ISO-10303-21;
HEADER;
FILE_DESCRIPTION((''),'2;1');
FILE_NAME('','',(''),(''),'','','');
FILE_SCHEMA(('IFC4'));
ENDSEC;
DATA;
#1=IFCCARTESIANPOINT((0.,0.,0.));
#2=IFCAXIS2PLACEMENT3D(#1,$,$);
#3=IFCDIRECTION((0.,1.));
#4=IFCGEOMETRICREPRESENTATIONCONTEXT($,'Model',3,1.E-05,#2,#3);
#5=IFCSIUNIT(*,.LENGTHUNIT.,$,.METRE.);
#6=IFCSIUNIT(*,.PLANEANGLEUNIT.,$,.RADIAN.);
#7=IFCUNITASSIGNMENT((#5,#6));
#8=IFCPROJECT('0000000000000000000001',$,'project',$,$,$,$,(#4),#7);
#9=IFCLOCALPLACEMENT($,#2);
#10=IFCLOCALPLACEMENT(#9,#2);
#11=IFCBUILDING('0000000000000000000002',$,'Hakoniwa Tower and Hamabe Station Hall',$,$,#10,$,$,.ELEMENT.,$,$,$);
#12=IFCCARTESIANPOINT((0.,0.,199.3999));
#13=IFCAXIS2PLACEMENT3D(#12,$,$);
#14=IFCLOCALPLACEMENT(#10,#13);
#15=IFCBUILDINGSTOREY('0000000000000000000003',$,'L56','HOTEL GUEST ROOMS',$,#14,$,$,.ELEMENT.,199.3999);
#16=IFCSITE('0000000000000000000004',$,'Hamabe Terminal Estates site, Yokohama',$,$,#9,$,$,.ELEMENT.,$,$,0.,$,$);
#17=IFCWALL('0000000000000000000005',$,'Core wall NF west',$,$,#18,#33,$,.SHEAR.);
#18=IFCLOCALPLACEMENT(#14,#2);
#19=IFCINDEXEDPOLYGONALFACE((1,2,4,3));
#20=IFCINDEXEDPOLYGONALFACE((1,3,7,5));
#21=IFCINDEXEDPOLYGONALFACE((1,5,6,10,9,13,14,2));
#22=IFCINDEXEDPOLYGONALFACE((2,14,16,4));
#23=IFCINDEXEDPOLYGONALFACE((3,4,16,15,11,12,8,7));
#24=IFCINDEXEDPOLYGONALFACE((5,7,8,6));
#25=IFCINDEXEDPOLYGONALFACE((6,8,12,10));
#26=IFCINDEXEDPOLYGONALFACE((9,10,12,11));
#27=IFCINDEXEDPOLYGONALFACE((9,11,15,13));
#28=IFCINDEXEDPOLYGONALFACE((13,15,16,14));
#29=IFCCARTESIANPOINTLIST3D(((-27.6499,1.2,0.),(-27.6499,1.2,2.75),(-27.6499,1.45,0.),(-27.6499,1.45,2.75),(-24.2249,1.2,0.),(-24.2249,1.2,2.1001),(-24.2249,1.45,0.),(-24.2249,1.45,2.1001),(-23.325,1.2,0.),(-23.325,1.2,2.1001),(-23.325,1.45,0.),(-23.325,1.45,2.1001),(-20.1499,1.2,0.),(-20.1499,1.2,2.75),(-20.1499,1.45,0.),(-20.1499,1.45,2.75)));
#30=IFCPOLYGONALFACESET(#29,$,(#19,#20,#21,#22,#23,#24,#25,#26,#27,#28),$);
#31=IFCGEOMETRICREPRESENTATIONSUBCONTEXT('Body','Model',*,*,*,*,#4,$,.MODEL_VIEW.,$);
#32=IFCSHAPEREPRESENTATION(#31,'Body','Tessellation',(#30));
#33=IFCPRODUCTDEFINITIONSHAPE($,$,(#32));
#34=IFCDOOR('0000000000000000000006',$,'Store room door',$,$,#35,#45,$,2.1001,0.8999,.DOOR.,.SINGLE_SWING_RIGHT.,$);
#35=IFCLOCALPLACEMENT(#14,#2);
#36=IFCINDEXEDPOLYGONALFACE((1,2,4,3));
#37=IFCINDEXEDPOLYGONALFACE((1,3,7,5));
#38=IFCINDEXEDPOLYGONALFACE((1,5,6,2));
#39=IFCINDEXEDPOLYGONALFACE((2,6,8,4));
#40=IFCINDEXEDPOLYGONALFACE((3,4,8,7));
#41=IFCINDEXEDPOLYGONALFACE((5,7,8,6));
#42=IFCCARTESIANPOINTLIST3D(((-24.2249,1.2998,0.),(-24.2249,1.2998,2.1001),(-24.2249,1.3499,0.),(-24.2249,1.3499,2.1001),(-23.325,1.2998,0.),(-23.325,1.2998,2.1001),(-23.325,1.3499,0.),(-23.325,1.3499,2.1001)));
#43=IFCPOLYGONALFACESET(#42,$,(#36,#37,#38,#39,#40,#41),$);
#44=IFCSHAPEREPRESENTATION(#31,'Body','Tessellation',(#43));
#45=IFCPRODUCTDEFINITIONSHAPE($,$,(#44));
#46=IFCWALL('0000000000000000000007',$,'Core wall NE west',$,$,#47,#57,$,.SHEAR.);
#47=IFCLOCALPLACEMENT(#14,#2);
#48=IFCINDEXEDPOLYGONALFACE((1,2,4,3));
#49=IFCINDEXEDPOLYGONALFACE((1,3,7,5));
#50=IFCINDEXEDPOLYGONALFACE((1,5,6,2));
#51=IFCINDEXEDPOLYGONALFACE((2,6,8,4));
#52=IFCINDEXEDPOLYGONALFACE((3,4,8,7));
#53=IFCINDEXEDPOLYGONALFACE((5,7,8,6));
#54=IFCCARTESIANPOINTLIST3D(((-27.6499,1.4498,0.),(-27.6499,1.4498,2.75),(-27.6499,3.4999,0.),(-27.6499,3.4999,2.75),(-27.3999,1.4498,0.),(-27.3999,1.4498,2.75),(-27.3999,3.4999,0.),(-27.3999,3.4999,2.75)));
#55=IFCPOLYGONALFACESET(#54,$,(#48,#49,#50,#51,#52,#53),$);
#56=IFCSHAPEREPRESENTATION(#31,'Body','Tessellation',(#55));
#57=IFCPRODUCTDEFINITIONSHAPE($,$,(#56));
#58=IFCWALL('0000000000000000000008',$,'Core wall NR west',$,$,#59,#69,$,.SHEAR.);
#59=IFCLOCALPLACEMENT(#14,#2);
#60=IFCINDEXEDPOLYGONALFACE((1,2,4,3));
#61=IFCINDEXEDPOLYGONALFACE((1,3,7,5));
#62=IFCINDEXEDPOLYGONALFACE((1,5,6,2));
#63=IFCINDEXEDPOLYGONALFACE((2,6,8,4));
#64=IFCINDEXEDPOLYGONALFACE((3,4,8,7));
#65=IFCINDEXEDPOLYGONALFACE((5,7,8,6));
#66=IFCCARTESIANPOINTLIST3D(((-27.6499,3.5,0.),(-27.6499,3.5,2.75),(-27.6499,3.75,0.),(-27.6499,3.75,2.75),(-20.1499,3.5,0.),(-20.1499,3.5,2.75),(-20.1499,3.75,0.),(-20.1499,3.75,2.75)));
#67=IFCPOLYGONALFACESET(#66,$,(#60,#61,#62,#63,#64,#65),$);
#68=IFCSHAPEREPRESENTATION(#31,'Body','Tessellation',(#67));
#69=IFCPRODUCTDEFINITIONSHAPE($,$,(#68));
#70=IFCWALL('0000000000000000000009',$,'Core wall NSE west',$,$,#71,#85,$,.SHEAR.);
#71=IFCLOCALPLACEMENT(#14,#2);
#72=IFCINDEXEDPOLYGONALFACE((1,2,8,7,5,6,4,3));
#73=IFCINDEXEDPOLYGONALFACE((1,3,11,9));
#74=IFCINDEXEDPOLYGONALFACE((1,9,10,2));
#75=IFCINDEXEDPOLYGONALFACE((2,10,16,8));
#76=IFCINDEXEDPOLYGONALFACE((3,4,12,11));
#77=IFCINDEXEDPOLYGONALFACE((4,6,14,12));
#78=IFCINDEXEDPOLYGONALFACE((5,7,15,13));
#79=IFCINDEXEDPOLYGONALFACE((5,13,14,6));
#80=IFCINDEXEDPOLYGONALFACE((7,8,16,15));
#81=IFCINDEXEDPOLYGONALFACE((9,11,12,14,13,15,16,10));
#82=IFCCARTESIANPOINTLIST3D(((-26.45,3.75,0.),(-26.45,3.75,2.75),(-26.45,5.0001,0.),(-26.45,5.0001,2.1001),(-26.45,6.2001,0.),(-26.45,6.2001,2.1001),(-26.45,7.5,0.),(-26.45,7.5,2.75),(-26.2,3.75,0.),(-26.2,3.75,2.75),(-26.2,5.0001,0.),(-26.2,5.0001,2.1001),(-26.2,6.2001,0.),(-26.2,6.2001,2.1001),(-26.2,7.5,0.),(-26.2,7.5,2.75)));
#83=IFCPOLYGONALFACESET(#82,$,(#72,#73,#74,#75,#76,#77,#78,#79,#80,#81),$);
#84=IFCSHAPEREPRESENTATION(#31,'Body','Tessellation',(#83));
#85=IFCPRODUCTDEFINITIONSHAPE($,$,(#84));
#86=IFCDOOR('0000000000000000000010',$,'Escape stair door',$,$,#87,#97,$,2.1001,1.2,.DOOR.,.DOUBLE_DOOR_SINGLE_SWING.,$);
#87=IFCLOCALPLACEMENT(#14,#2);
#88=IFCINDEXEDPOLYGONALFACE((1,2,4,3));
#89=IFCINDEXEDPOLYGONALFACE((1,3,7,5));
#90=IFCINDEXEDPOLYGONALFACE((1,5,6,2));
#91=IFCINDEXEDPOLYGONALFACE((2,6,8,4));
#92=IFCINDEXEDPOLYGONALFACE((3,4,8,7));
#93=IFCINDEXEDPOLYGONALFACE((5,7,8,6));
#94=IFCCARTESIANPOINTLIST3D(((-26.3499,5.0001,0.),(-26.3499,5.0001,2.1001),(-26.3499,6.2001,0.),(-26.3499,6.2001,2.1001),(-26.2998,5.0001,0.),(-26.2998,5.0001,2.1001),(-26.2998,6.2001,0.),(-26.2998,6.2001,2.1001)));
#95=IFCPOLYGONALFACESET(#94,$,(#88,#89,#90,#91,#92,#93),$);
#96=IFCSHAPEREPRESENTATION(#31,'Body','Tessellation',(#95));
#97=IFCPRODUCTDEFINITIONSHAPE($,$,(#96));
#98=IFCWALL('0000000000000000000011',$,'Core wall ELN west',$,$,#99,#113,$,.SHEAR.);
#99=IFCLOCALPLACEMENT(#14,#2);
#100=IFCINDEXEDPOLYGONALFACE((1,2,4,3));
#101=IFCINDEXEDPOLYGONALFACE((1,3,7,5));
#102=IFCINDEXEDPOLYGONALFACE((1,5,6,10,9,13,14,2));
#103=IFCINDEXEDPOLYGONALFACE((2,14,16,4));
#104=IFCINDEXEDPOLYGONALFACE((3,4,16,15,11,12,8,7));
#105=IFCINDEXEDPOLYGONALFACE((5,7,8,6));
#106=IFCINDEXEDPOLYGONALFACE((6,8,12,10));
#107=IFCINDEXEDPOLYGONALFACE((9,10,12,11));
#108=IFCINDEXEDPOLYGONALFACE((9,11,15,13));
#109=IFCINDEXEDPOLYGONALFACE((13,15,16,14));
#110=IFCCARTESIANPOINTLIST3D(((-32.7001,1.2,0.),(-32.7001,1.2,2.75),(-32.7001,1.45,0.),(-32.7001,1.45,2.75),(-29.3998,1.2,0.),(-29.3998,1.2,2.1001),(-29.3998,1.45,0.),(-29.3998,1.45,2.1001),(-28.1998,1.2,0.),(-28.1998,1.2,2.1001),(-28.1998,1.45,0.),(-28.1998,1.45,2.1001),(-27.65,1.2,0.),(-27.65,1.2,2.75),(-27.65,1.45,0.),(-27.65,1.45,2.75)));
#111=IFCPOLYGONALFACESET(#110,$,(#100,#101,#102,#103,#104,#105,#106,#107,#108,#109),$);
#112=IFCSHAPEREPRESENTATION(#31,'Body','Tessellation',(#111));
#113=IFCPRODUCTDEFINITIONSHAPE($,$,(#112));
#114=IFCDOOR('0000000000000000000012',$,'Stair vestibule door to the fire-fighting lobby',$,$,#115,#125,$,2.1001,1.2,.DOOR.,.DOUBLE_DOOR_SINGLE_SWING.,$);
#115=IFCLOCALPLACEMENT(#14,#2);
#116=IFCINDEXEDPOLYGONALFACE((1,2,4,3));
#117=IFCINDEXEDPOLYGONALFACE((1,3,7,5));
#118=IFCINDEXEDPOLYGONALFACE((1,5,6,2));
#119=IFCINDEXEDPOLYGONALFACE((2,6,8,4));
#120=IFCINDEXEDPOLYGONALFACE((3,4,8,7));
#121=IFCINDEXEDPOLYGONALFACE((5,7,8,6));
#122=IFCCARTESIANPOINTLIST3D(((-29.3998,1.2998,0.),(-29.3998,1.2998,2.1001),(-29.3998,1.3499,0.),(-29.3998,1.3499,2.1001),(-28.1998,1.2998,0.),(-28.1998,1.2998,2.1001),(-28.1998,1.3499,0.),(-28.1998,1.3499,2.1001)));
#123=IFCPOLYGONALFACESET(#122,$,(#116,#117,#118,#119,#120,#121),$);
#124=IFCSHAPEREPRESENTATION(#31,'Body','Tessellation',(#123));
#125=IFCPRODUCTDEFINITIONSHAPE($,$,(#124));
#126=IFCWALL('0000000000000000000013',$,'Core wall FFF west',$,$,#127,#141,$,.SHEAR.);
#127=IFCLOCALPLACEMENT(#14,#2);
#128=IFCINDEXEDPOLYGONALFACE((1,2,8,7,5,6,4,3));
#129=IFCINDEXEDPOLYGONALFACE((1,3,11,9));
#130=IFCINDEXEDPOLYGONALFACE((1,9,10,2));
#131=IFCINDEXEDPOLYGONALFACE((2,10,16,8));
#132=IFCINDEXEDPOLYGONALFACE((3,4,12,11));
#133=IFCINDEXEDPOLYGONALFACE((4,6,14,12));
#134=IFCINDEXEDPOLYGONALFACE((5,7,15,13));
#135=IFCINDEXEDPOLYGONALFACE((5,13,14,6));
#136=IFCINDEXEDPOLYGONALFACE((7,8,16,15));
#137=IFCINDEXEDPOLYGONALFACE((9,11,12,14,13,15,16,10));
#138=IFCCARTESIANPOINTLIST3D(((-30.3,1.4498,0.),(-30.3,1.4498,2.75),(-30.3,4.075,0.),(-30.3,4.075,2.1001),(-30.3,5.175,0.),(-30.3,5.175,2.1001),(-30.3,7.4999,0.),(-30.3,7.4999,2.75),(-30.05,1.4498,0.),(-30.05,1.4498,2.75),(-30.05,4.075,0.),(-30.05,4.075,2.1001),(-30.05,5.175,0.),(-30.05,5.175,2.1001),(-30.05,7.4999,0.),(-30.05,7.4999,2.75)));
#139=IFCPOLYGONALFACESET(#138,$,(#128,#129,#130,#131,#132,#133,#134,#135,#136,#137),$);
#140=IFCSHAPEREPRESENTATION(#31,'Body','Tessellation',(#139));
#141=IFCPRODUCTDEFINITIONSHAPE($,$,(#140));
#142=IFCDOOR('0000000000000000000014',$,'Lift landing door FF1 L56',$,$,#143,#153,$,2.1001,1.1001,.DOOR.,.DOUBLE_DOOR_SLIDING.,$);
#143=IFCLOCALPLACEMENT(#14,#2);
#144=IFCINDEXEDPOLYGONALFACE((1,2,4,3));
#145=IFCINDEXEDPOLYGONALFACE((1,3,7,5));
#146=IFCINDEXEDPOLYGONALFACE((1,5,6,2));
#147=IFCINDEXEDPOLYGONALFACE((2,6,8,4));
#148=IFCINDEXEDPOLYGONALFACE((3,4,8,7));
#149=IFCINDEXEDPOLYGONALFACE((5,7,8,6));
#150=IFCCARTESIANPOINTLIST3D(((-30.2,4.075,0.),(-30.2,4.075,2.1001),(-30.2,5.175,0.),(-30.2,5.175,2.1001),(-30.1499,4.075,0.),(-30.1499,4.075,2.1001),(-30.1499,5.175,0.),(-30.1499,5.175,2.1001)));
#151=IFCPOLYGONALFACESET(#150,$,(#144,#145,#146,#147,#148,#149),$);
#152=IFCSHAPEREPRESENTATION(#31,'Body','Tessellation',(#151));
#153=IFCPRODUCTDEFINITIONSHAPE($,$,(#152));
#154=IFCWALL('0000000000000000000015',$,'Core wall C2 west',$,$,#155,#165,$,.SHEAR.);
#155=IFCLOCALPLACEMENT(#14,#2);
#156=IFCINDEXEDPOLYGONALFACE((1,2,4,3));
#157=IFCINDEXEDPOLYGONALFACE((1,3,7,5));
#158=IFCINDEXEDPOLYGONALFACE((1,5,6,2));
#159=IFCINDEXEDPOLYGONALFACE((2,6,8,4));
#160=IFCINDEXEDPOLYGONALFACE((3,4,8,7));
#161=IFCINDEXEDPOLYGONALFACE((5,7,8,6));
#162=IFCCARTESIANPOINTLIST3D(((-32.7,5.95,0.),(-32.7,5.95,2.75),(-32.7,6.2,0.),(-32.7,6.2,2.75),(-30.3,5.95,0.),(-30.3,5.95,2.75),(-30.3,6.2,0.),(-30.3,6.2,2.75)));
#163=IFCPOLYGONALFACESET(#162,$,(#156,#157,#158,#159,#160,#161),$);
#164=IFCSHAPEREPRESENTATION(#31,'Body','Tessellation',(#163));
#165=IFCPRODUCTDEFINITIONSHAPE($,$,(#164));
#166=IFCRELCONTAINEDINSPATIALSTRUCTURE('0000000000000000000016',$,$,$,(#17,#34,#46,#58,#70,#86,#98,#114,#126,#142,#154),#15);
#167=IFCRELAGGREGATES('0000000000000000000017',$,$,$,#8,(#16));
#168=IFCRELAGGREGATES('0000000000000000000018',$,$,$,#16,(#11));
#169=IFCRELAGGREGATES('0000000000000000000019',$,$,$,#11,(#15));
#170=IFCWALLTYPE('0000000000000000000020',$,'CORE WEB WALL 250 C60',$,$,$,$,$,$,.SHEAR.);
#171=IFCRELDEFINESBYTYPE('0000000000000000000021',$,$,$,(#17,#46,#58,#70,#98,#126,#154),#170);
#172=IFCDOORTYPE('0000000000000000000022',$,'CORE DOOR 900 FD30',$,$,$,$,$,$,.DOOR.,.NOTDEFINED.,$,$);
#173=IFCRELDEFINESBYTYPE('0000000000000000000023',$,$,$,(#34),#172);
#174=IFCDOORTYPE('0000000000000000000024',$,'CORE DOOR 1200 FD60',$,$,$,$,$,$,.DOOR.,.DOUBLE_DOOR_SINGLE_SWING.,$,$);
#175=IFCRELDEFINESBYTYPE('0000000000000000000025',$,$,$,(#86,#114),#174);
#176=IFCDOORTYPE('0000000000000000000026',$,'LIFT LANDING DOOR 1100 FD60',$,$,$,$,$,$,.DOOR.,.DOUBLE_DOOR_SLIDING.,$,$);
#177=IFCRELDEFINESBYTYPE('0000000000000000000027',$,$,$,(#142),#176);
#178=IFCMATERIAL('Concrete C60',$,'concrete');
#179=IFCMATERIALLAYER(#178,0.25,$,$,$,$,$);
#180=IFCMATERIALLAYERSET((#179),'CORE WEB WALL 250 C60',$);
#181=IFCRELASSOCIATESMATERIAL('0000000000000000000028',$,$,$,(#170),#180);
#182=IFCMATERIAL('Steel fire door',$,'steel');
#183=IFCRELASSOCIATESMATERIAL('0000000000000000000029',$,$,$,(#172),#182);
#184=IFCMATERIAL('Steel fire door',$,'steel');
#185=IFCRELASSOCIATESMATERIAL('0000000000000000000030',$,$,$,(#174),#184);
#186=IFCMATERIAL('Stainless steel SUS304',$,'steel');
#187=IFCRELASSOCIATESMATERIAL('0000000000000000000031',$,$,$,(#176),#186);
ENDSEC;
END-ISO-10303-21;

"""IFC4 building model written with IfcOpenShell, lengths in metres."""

from ifc_helpers import new_model, si_unit, direction, frame, frame_2d, origin, place, context, subcontext, project, spatial, rectangle, extrude, material, layer, layer_set, type_object, element, fill, save


model = new_model("IFC4")

# Units and contexts
model_context = context("Model", 3, precision=1e-05, world=origin(), true_north=direction((0.0, 1.0)))
body_context = subcontext(model_context, "Body", "Model", "MODEL_VIEW")
ifc_project = project(units=[si_unit("LENGTHUNIT", "METRE"), si_unit("PLANEANGLEUNIT", "RADIAN")], contexts=[model_context])

# Site, building, storey
site_placement = place(None, origin())
site = spatial("IfcSite", under=ifc_project, at=site_placement, Name="Hamabe Terminal Estates site, Yokohama", CompositionType="ELEMENT", RefElevation=0.0)
building_placement = place(site_placement, origin())
building = spatial("IfcBuilding", under=site, at=building_placement, Name="Hakoniwa Tower and Hamabe Station Hall", CompositionType="ELEMENT")
storey_placement = place(building_placement, frame((0.0, 0.0, 199.3999)))
storey = spatial("IfcBuildingStorey", under=building, at=storey_placement, Name="L56", Description="HOTEL GUEST ROOMS", CompositionType="ELEMENT", Elevation=199.3999)

# Wall, opening, door
ifc_material_1 = material(Name="Concrete C60", Category="concrete")
ifc_layer_1 = layer(ifc_material_1, 0.25)
ifc_layer_set_1 = layer_set([ifc_layer_1], Name="CORE WEB WALL 250 C60")
wall_type_1 = type_object("IfcWallType", Name="CORE WEB WALL 250 C60", PredefinedType="SHEAR", material=ifc_layer_set_1)
wall_1_placement = place(storey_placement, frame((-27.6499, 1.325, 0.0), z_axis=(0.0, 0.0, 1.0), x_axis=(1.0, 0.0, 0.0)))
wall_1 = element("IfcWall", 1, at=wall_1_placement, inside=storey, type_object=wall_type_1, Name="Core wall NF west", PredefinedType="SHEAR", context=body_context, shape_type="SweptSolid", body=[
    extrude(rectangle(XDim=7.5, YDim=0.25, at=frame_2d((3.75, 0.0))), origin(), (0.0, 0.0, 1.0), 2.75),
])
opening_1_placement = place(wall_1_placement, frame((3.425, 0.0, 0.0)))
opening_1 = element("IfcOpeningElement", 2, at=opening_1_placement, cuts=wall_1, PredefinedType="OPENING", context=body_context, shape_type="SweptSolid", body=[
    extrude(rectangle(XDim=0.8999, YDim=2.1001, at=frame_2d((0.45, 1.05))), frame((0.0, 0.135, 0.0), z_axis=(0.0, -1.0, 0.0), x_axis=(1.0, 0.0, 0.0)), (0.0, 0.0, 1.0), 0.27),
])
ifc_material_2 = material(Name="Steel fire door", Category="steel")
door_type_1 = type_object("IfcDoorType", Name="CORE DOOR 900 FD30", OperationType="NOTDEFINED", PredefinedType="DOOR", material=ifc_material_2)
door_1_placement = place(opening_1_placement, origin())
door_1 = element("IfcDoor", 3, at=door_1_placement, inside=storey, type_object=door_type_1, Name="Store room door", OperationType="SINGLE_SWING_RIGHT", OverallHeight=2.1001, OverallWidth=0.8999, PredefinedType="DOOR", context=body_context, shape_type="SweptSolid", body=[
    extrude(rectangle(XDim=0.8999, YDim=2.1001, at=frame_2d((0.45, 1.05))), frame((0.0, 0.0249, 0.0), z_axis=(0.0, -1.0, 0.0), x_axis=(1.0, 0.0, 0.0)), (0.0, 0.0, 1.0), 0.05),
])
fill(opening_1, door_1)

# Walls
wall_2_placement = place(storey_placement, frame((-27.5249, 1.45, 0.0), z_axis=(0.0, 0.0, 1.0), x_axis=(0.0, 1.0, 0.0)))
element("IfcWall", 4, at=wall_2_placement, inside=storey, type_object=wall_type_1, Name="Core wall NE west", PredefinedType="SHEAR", context=body_context, shape_type="SweptSolid", body=[
    extrude(rectangle(XDim=2.05, YDim=0.25, at=frame_2d((1.0249, 0.0))), origin(), (0.0, 0.0, 1.0), 2.75),
])
wall_3_placement = place(storey_placement, frame((-27.6499, 3.625, 0.0), z_axis=(0.0, 0.0, 1.0), x_axis=(1.0, 0.0, 0.0)))
element("IfcWall", 5, at=wall_3_placement, inside=storey, type_object=wall_type_1, Name="Core wall NR west", PredefinedType="SHEAR", context=body_context, shape_type="SweptSolid", body=[
    extrude(rectangle(XDim=7.5, YDim=0.25, at=frame_2d((3.75, 0.0))), origin(), (0.0, 0.0, 1.0), 2.75),
])

# Walls, openings, doors
wall_4_placement = place(storey_placement, frame((-26.325, 3.75, 0.0), z_axis=(0.0, 0.0, 1.0), x_axis=(0.0, 1.0, 0.0)))
wall_4 = element("IfcWall", 6, at=wall_4_placement, inside=storey, type_object=wall_type_1, Name="Core wall NSE west", PredefinedType="SHEAR", context=body_context, shape_type="SweptSolid", body=[
    extrude(rectangle(XDim=3.75, YDim=0.25, at=frame_2d((1.875, 0.0))), origin(), (0.0, 0.0, 1.0), 2.75),
])
opening_2_placement = place(wall_4_placement, frame((1.25, 0.0, 0.0)))
opening_2 = element("IfcOpeningElement", 7, at=opening_2_placement, cuts=wall_4, PredefinedType="OPENING", context=body_context, shape_type="SweptSolid", body=[
    extrude(rectangle(XDim=1.2, YDim=2.1001, at=frame_2d((0.6001, 1.05))), frame((0.0, 0.135, 0.0), z_axis=(0.0, -1.0, 0.0), x_axis=(1.0, 0.0, 0.0)), (0.0, 0.0, 1.0), 0.27),
])
ifc_material_3 = material(Name="Steel fire door", Category="steel")
door_type_2 = type_object("IfcDoorType", Name="CORE DOOR 1200 FD60", OperationType="DOUBLE_DOOR_SINGLE_SWING", PredefinedType="DOOR", material=ifc_material_3)
door_2_placement = place(opening_2_placement, origin())
door_2 = element("IfcDoor", 8, at=door_2_placement, inside=storey, type_object=door_type_2, Name="Escape stair door", OperationType="DOUBLE_DOOR_SINGLE_SWING", OverallHeight=2.1001, OverallWidth=1.2, PredefinedType="DOOR", context=body_context, shape_type="SweptSolid", body=[
    extrude(rectangle(XDim=1.2, YDim=2.1001, at=frame_2d((0.6001, 1.05))), frame((0.0, 0.0249, 0.0), z_axis=(0.0, -1.0, 0.0), x_axis=(1.0, 0.0, 0.0)), (0.0, 0.0, 1.0), 0.05),
])
fill(opening_2, door_2)
wall_5_placement = place(storey_placement, frame((-32.7, 1.325, 0.0), z_axis=(0.0, 0.0, 1.0), x_axis=(1.0, 0.0, 0.0)))
wall_5 = element("IfcWall", 9, at=wall_5_placement, inside=storey, type_object=wall_type_1, Name="Core wall ELN west", PredefinedType="SHEAR", context=body_context, shape_type="SweptSolid", body=[
    extrude(rectangle(XDim=5.05, YDim=0.25, at=frame_2d((2.5249, 0.0))), origin(), (0.0, 0.0, 1.0), 2.75),
])
opening_3_placement = place(wall_5_placement, frame((3.3, 0.0, 0.0)))
opening_3 = element("IfcOpeningElement", 10, at=opening_3_placement, cuts=wall_5, PredefinedType="OPENING", context=body_context, shape_type="SweptSolid", body=[
    extrude(rectangle(XDim=1.2, YDim=2.1001, at=frame_2d((0.6001, 1.05))), frame((0.0, 0.135, 0.0), z_axis=(0.0, -1.0, 0.0), x_axis=(1.0, 0.0, 0.0)), (0.0, 0.0, 1.0), 0.27),
])
door_3_placement = place(opening_3_placement, origin())
door_3 = element("IfcDoor", 11, at=door_3_placement, inside=storey, type_object=door_type_2, Name="Stair vestibule door to the fire-fighting lobby", OperationType="DOUBLE_DOOR_SINGLE_SWING", OverallHeight=2.1001, OverallWidth=1.2, PredefinedType="DOOR", context=body_context, shape_type="SweptSolid", body=[
    extrude(rectangle(XDim=1.2, YDim=2.1001, at=frame_2d((0.6001, 1.05))), frame((0.0, 0.0249, 0.0), z_axis=(0.0, -1.0, 0.0), x_axis=(1.0, 0.0, 0.0)), (0.0, 0.0, 1.0), 0.05),
])
fill(opening_3, door_3)
wall_6_placement = place(storey_placement, frame((-30.175, 1.45, 0.0), z_axis=(0.0, 0.0, 1.0), x_axis=(0.0, 1.0, 0.0)))
wall_6 = element("IfcWall", 12, at=wall_6_placement, inside=storey, type_object=wall_type_1, Name="Core wall FFF west", PredefinedType="SHEAR", context=body_context, shape_type="SweptSolid", body=[
    extrude(rectangle(XDim=6.05, YDim=0.25, at=frame_2d((3.0249, 0.0))), origin(), (0.0, 0.0, 1.0), 2.75),
])
opening_4_placement = place(wall_6_placement, frame((2.625, 0.0, 0.0)))
opening_4 = element("IfcOpeningElement", 13, at=opening_4_placement, cuts=wall_6, PredefinedType="OPENING", context=body_context, shape_type="SweptSolid", body=[
    extrude(rectangle(XDim=1.1001, YDim=2.1001, at=frame_2d((0.55, 1.05))), frame((0.0, 0.135, 0.0), z_axis=(0.0, -1.0, 0.0), x_axis=(1.0, 0.0, 0.0)), (0.0, 0.0, 1.0), 0.27),
])
ifc_material_4 = material(Name="Stainless steel SUS304", Category="steel")
door_type_3 = type_object("IfcDoorType", Name="LIFT LANDING DOOR 1100 FD60", OperationType="DOUBLE_DOOR_SLIDING", PredefinedType="DOOR", material=ifc_material_4)
door_4_placement = place(opening_4_placement, origin())
door_4 = element("IfcDoor", 14, at=door_4_placement, inside=storey, type_object=door_type_3, Name="Lift landing door FF1 L56", OperationType="DOUBLE_DOOR_SLIDING", OverallHeight=2.1001, OverallWidth=1.1001, PredefinedType="DOOR", context=body_context, shape_type="SweptSolid", body=[
    extrude(rectangle(XDim=1.1001, YDim=2.1001, at=frame_2d((0.55, 1.05))), frame((0.0, 0.0249, 0.0), z_axis=(0.0, -1.0, 0.0), x_axis=(1.0, 0.0, 0.0)), (0.0, 0.0, 1.0), 0.05),
])
fill(opening_4, door_4)

# Wall
wall_7_placement = place(storey_placement, frame((-32.7, 6.075, 0.0), z_axis=(0.0, 0.0, 1.0), x_axis=(1.0, 0.0, 0.0)))
element("IfcWall", 15, at=wall_7_placement, inside=storey, type_object=wall_type_1, Name="Core wall C2 west", PredefinedType="SHEAR", context=body_context, shape_type="SweptSolid", body=[
    extrude(rectangle(XDim=2.3999, YDim=0.25, at=frame_2d((1.2, 0.0))), origin(), (0.0, 0.0, 1.0), 2.75),
])

save(model, "model.ifc")
